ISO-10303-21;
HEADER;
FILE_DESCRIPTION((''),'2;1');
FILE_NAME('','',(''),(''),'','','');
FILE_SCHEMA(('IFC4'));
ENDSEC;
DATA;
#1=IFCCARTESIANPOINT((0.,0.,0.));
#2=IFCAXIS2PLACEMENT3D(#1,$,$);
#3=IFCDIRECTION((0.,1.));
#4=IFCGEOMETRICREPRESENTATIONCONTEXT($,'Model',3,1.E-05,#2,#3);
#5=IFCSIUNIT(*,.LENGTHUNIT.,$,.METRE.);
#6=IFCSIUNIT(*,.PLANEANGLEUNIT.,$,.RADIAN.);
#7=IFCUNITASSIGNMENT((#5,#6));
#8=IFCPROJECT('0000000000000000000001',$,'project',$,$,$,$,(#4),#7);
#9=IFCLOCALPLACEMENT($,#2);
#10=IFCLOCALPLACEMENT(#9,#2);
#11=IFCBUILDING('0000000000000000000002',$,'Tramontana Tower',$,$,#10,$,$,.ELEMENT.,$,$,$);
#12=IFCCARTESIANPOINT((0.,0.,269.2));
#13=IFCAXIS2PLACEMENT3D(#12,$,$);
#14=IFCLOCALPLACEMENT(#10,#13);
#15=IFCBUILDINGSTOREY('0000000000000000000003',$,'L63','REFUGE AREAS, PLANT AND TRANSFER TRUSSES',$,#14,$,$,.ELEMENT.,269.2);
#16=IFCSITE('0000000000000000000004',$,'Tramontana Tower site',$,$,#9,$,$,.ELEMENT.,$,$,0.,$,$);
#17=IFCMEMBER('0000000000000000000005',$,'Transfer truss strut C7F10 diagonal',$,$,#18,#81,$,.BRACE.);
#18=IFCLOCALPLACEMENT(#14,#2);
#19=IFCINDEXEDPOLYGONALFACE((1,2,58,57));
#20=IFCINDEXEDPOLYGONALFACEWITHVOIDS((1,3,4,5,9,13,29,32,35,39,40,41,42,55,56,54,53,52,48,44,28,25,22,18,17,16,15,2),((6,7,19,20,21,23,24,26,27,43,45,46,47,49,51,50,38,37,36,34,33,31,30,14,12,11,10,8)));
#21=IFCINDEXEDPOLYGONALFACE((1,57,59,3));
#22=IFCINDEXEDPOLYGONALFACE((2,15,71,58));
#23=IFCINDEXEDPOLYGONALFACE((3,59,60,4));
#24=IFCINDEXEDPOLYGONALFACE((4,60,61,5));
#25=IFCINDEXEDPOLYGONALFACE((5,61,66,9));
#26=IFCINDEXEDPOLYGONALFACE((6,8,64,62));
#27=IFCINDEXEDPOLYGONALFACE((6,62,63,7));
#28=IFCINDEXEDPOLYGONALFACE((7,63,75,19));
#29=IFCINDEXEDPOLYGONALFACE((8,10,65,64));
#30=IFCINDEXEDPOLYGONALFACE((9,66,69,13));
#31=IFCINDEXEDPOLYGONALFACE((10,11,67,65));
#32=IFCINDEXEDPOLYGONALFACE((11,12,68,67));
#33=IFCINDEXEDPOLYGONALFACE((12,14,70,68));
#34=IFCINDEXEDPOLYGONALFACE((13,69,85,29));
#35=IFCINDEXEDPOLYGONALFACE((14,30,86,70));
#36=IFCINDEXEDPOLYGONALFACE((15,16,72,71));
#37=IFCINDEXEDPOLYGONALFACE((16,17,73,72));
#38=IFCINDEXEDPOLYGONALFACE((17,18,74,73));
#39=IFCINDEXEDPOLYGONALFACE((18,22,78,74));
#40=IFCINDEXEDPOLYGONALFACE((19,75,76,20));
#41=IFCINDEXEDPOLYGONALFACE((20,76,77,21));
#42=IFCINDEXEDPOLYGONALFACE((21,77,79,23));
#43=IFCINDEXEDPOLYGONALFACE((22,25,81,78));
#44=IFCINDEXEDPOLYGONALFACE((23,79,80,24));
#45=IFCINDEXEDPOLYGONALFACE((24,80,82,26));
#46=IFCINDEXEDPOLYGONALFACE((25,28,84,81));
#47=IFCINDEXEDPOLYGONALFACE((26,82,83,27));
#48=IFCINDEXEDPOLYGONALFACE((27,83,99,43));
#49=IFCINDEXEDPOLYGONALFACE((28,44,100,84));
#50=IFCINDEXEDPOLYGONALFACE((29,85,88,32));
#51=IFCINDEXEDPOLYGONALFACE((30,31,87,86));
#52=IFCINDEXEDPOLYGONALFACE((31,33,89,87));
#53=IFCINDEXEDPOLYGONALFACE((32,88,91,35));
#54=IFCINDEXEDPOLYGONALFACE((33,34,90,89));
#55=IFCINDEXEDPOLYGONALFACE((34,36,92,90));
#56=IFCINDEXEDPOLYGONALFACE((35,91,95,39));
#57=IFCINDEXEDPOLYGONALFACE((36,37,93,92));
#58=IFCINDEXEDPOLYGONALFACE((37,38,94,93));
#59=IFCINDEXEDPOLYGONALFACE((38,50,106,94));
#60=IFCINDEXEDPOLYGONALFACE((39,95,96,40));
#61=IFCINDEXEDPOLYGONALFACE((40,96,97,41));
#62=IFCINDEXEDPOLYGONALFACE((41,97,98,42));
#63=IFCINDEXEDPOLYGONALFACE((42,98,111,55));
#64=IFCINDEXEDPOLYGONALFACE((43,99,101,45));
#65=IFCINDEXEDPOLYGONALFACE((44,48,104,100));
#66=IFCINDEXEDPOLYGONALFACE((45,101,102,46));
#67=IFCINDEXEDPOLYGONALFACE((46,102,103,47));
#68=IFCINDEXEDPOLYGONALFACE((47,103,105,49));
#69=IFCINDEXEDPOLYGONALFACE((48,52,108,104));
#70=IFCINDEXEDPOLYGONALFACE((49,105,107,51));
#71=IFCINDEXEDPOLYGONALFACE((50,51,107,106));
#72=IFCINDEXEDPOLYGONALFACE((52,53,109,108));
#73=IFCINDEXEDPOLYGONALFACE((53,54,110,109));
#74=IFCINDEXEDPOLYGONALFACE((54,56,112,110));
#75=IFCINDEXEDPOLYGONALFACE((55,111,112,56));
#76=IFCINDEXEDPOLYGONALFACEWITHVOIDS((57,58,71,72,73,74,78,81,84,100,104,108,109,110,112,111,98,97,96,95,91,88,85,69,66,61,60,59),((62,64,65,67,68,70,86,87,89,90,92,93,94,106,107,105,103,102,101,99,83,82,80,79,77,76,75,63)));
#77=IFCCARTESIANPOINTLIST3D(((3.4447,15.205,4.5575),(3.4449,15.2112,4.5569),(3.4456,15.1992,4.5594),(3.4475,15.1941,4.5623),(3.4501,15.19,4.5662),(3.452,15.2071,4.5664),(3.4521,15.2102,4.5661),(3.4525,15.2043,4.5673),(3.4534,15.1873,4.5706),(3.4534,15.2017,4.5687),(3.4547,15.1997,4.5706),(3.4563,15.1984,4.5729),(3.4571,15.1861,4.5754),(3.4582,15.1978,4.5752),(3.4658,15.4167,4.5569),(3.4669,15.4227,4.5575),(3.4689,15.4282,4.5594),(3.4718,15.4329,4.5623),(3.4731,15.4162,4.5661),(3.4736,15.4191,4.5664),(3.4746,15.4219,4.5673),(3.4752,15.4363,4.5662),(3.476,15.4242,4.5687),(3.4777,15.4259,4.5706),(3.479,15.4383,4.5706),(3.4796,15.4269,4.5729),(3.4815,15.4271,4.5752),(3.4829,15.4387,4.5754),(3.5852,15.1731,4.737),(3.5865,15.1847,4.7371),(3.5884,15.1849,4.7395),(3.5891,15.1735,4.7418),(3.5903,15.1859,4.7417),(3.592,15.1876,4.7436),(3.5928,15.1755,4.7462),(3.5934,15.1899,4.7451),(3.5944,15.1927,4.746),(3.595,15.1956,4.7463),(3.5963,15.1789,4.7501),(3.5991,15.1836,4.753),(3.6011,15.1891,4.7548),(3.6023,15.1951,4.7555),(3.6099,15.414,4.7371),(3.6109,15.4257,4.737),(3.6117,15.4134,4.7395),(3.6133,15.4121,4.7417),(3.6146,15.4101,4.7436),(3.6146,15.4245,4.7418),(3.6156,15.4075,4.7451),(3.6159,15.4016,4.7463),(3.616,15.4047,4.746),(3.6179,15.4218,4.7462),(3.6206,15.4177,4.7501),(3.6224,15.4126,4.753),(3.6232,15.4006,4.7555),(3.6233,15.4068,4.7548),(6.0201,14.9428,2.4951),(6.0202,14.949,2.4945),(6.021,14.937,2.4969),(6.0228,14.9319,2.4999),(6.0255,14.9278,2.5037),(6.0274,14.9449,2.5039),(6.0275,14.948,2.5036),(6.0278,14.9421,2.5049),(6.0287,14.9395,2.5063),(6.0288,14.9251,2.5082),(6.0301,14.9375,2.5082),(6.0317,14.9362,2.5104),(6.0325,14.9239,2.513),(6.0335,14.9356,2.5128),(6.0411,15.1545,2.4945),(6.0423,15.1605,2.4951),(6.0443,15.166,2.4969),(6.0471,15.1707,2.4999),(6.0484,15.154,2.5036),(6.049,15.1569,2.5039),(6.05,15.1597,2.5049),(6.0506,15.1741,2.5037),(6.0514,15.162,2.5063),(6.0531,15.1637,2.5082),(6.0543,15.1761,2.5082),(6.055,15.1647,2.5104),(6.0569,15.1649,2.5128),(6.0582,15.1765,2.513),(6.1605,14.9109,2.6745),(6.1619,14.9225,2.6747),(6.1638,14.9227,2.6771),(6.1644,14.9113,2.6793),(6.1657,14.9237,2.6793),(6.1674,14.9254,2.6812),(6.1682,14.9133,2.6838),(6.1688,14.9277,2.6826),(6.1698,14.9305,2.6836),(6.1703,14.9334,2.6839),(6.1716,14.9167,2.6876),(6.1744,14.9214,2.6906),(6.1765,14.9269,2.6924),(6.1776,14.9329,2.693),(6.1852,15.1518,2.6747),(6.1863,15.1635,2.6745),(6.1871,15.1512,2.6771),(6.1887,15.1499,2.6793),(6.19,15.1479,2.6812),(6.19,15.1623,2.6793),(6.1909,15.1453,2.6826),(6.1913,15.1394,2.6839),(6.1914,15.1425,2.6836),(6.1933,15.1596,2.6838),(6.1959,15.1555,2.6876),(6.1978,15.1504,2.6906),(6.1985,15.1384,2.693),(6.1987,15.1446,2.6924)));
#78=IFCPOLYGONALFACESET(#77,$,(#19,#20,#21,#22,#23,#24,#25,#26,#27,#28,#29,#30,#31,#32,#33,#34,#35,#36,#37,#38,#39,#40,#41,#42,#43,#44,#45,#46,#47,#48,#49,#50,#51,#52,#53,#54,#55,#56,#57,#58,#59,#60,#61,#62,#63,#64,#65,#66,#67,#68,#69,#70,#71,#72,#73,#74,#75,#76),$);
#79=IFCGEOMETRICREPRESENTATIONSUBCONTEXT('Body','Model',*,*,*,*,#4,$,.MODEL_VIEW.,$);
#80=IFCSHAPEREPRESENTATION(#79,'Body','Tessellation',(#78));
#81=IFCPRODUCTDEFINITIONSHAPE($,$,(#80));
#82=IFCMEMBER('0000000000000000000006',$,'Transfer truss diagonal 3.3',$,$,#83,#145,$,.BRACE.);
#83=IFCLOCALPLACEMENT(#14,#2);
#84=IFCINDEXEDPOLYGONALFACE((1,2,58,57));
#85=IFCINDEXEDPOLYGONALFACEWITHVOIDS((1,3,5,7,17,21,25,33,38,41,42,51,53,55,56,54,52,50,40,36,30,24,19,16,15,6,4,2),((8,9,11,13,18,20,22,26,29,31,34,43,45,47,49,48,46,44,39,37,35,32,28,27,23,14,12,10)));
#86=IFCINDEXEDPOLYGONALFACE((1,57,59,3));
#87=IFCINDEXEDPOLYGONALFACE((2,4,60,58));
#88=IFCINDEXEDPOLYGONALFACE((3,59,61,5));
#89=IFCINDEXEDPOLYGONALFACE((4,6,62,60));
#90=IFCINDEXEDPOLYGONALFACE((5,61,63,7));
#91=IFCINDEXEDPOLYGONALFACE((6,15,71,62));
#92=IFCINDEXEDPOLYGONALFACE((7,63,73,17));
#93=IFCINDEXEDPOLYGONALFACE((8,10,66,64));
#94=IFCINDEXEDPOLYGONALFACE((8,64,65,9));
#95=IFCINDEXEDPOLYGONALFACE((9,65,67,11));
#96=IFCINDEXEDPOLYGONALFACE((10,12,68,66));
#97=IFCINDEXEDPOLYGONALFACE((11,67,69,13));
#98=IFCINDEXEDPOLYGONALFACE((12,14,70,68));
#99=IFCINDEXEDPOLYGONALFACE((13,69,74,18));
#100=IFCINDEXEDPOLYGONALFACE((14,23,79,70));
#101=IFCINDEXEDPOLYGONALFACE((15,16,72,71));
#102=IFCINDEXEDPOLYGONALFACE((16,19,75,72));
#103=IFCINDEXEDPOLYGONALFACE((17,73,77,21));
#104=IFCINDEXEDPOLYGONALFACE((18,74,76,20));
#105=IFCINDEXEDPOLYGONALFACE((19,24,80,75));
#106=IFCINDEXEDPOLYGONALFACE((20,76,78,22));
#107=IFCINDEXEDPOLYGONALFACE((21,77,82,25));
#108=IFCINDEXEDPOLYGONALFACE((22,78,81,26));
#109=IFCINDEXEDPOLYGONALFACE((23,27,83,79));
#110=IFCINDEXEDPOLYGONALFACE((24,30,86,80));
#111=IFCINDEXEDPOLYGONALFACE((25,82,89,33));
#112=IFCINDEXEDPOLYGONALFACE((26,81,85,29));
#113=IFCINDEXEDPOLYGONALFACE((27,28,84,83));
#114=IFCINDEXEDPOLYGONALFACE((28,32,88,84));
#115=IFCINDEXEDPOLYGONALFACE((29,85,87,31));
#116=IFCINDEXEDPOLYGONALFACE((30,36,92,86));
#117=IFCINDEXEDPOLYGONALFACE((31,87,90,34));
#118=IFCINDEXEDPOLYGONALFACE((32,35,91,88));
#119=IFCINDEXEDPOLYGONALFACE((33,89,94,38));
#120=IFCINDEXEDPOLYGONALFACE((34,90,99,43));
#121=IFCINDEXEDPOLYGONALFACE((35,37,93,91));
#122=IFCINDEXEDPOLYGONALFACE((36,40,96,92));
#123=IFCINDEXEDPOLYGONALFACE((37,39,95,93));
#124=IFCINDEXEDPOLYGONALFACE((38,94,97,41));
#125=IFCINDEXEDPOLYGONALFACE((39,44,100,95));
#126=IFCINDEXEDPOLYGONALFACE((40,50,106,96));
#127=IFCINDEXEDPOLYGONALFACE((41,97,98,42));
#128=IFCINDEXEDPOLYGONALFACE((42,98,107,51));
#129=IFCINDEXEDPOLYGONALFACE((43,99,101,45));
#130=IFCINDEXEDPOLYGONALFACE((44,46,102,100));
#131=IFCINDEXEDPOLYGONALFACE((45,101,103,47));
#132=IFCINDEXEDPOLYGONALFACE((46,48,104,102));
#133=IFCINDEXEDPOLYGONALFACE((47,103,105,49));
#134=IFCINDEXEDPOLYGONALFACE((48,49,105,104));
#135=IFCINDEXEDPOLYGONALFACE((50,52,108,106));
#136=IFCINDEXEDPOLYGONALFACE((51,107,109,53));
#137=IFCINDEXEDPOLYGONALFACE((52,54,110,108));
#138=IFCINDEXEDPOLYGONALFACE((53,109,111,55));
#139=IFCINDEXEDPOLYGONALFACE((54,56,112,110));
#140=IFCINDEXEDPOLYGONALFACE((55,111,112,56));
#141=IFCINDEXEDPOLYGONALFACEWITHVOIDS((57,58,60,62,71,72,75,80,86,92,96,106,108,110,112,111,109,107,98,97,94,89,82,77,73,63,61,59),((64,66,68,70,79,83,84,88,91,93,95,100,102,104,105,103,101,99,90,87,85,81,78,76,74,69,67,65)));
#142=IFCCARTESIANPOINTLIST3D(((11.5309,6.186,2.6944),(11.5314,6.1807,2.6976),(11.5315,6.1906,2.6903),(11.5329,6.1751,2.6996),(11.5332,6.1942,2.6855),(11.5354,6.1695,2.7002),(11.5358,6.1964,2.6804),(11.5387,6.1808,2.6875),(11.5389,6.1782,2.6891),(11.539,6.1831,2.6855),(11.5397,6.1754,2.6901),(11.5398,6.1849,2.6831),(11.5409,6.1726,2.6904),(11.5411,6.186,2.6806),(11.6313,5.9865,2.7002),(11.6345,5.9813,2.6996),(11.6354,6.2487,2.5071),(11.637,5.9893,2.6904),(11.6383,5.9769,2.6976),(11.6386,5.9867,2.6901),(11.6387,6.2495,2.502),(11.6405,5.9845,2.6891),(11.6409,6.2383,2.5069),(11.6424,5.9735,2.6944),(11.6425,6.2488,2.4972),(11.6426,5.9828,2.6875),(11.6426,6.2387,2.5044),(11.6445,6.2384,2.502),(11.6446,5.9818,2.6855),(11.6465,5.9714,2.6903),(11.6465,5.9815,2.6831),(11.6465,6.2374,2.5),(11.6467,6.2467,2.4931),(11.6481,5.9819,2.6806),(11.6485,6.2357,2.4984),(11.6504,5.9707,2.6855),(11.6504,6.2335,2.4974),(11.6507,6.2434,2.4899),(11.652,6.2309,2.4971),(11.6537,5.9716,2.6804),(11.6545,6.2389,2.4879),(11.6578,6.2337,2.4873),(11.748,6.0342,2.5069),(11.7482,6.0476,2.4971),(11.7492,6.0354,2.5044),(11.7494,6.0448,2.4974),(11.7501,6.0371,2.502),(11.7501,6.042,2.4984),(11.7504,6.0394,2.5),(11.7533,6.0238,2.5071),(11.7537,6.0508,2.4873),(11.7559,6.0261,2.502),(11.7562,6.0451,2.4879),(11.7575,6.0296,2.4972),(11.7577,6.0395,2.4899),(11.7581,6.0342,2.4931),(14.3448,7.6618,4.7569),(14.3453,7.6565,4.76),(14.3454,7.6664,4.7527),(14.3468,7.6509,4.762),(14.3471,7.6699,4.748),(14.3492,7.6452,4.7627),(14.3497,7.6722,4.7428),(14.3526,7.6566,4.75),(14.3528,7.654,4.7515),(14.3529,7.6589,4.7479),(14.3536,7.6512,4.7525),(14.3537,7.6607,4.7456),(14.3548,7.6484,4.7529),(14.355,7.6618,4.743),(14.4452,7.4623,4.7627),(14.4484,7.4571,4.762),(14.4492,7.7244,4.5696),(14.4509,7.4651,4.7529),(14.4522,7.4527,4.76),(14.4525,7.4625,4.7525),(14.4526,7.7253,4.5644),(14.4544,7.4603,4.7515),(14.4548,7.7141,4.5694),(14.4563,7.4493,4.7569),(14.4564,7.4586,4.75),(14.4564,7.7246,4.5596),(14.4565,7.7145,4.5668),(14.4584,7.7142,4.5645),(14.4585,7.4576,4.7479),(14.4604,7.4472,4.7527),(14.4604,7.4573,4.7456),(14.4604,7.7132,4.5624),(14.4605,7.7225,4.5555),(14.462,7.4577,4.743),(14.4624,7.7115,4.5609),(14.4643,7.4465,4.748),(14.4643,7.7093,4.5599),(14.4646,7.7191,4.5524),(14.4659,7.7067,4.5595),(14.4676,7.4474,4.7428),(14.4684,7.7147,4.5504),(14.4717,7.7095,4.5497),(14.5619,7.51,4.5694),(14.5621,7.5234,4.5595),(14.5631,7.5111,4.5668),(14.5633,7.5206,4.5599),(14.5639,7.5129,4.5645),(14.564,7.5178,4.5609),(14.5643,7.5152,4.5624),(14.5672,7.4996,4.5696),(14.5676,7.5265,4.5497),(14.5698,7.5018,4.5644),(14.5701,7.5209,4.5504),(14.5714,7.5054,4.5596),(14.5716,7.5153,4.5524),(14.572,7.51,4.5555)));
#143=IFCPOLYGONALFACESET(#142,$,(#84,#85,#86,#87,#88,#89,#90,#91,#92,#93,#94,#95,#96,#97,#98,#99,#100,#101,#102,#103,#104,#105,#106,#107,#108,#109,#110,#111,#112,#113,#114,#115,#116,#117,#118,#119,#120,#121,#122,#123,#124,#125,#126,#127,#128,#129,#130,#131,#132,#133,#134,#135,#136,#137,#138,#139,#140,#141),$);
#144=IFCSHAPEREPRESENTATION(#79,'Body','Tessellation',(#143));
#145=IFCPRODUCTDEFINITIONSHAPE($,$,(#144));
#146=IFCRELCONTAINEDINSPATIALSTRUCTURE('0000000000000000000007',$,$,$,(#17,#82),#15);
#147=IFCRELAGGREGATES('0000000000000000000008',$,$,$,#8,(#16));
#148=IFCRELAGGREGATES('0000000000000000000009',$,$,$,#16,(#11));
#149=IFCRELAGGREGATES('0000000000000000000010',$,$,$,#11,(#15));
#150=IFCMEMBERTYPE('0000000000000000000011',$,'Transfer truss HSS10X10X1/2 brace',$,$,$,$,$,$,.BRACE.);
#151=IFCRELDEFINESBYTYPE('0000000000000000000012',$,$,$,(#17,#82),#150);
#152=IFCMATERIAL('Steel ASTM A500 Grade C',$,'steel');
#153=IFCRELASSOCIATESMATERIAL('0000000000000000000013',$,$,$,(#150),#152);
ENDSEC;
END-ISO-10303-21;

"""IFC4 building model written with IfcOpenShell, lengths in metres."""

from ifc_helpers import new_model, si_unit, direction, frame, origin, origin_2d, place, context, subcontext, project, spatial, hollow_rectangle, extrude, material, material_profile, profile_set, type_object, element, save


model = new_model("IFC4")

# Units and contexts
model_context = context("Model", 3, precision=1e-05, world=origin(), true_north=direction((0.0, 1.0)))
body_context = subcontext(model_context, "Body", "Model", "MODEL_VIEW")
ifc_project = project(units=[si_unit("LENGTHUNIT", "METRE"), si_unit("PLANEANGLEUNIT", "RADIAN")], contexts=[model_context])

# Site, building, storey
site_placement = place(None, origin())
site = spatial("IfcSite", under=ifc_project, at=site_placement, Name="Tramontana Tower site", CompositionType="ELEMENT", RefElevation=0.0)
building_placement = place(site_placement, origin())
building = spatial("IfcBuilding", under=site, at=building_placement, Name="Tramontana Tower", CompositionType="ELEMENT")
storey_placement = place(building_placement, frame((0.0, 0.0, 269.2)))
storey = spatial("IfcBuildingStorey", under=building, at=storey_placement, Name="L63", Description="REFUGE AREAS, PLANT AND TRANSFER TRUSSES", CompositionType="ELEMENT", Elevation=269.2)

# Members
ifc_material_1 = material(Name="Steel ASTM A500 Grade C", Category="steel")
ifc_material_profile_1 = material_profile(ifc_material_1, hollow_rectangle(XDim=0.2539, YDim=0.2539, WallThickness=0.0117, InnerFilletRadius=0.0117, OuterFilletRadius=0.0237, at=origin_2d()), Name="HSS10X10X1/2")
ifc_profile_set_1 = profile_set([ifc_material_profile_1], Name="Steel ASTM A500 Grade C")
member_type_1 = type_object("IfcMemberType", Name="Transfer truss HSS10X10X1/2 brace", PredefinedType="BRACE", material=ifc_profile_set_1)
member_1_placement = place(storey_placement, frame((6.1094, 15.0437, 2.5938), z_axis=(-0.778098, 0.079219, 0.623128), x_axis=(-0.101287, -0.994857, 0.0)))
element("IfcMember", 1, at=member_1_placement, inside=storey, type_object=member_type_1, Name="Transfer truss strut C7F10 diagonal", PredefinedType="BRACE", context=body_context, shape_type="SweptSolid", body=[
    extrude(hollow_rectangle(XDim=0.2539, YDim=0.2539, WallThickness=0.0117, InnerFilletRadius=0.0117, OuterFilletRadius=0.0237, at=origin_2d()), origin(), (0.0, 0.0, 1.0), 3.3098),
])
member_2_placement = place(storey_placement, frame((11.6445, 6.1101, 2.5938), z_axis=(0.742826, 0.389587, 0.544455), x_axis=(-0.464463, 0.885592, 0.0)))
element("IfcMember", 2, at=member_2_placement, inside=storey, type_object=member_type_1, Name="Transfer truss diagonal 3.3", PredefinedType="BRACE", context=body_context, shape_type="SweptSolid", body=[
    extrude(hollow_rectangle(XDim=0.2539, YDim=0.2539, WallThickness=0.0117, InnerFilletRadius=0.0117, OuterFilletRadius=0.0237, at=origin_2d()), origin(), (0.0, 0.0, 1.0), 3.7881),
])

save(model, "model.ifc")
